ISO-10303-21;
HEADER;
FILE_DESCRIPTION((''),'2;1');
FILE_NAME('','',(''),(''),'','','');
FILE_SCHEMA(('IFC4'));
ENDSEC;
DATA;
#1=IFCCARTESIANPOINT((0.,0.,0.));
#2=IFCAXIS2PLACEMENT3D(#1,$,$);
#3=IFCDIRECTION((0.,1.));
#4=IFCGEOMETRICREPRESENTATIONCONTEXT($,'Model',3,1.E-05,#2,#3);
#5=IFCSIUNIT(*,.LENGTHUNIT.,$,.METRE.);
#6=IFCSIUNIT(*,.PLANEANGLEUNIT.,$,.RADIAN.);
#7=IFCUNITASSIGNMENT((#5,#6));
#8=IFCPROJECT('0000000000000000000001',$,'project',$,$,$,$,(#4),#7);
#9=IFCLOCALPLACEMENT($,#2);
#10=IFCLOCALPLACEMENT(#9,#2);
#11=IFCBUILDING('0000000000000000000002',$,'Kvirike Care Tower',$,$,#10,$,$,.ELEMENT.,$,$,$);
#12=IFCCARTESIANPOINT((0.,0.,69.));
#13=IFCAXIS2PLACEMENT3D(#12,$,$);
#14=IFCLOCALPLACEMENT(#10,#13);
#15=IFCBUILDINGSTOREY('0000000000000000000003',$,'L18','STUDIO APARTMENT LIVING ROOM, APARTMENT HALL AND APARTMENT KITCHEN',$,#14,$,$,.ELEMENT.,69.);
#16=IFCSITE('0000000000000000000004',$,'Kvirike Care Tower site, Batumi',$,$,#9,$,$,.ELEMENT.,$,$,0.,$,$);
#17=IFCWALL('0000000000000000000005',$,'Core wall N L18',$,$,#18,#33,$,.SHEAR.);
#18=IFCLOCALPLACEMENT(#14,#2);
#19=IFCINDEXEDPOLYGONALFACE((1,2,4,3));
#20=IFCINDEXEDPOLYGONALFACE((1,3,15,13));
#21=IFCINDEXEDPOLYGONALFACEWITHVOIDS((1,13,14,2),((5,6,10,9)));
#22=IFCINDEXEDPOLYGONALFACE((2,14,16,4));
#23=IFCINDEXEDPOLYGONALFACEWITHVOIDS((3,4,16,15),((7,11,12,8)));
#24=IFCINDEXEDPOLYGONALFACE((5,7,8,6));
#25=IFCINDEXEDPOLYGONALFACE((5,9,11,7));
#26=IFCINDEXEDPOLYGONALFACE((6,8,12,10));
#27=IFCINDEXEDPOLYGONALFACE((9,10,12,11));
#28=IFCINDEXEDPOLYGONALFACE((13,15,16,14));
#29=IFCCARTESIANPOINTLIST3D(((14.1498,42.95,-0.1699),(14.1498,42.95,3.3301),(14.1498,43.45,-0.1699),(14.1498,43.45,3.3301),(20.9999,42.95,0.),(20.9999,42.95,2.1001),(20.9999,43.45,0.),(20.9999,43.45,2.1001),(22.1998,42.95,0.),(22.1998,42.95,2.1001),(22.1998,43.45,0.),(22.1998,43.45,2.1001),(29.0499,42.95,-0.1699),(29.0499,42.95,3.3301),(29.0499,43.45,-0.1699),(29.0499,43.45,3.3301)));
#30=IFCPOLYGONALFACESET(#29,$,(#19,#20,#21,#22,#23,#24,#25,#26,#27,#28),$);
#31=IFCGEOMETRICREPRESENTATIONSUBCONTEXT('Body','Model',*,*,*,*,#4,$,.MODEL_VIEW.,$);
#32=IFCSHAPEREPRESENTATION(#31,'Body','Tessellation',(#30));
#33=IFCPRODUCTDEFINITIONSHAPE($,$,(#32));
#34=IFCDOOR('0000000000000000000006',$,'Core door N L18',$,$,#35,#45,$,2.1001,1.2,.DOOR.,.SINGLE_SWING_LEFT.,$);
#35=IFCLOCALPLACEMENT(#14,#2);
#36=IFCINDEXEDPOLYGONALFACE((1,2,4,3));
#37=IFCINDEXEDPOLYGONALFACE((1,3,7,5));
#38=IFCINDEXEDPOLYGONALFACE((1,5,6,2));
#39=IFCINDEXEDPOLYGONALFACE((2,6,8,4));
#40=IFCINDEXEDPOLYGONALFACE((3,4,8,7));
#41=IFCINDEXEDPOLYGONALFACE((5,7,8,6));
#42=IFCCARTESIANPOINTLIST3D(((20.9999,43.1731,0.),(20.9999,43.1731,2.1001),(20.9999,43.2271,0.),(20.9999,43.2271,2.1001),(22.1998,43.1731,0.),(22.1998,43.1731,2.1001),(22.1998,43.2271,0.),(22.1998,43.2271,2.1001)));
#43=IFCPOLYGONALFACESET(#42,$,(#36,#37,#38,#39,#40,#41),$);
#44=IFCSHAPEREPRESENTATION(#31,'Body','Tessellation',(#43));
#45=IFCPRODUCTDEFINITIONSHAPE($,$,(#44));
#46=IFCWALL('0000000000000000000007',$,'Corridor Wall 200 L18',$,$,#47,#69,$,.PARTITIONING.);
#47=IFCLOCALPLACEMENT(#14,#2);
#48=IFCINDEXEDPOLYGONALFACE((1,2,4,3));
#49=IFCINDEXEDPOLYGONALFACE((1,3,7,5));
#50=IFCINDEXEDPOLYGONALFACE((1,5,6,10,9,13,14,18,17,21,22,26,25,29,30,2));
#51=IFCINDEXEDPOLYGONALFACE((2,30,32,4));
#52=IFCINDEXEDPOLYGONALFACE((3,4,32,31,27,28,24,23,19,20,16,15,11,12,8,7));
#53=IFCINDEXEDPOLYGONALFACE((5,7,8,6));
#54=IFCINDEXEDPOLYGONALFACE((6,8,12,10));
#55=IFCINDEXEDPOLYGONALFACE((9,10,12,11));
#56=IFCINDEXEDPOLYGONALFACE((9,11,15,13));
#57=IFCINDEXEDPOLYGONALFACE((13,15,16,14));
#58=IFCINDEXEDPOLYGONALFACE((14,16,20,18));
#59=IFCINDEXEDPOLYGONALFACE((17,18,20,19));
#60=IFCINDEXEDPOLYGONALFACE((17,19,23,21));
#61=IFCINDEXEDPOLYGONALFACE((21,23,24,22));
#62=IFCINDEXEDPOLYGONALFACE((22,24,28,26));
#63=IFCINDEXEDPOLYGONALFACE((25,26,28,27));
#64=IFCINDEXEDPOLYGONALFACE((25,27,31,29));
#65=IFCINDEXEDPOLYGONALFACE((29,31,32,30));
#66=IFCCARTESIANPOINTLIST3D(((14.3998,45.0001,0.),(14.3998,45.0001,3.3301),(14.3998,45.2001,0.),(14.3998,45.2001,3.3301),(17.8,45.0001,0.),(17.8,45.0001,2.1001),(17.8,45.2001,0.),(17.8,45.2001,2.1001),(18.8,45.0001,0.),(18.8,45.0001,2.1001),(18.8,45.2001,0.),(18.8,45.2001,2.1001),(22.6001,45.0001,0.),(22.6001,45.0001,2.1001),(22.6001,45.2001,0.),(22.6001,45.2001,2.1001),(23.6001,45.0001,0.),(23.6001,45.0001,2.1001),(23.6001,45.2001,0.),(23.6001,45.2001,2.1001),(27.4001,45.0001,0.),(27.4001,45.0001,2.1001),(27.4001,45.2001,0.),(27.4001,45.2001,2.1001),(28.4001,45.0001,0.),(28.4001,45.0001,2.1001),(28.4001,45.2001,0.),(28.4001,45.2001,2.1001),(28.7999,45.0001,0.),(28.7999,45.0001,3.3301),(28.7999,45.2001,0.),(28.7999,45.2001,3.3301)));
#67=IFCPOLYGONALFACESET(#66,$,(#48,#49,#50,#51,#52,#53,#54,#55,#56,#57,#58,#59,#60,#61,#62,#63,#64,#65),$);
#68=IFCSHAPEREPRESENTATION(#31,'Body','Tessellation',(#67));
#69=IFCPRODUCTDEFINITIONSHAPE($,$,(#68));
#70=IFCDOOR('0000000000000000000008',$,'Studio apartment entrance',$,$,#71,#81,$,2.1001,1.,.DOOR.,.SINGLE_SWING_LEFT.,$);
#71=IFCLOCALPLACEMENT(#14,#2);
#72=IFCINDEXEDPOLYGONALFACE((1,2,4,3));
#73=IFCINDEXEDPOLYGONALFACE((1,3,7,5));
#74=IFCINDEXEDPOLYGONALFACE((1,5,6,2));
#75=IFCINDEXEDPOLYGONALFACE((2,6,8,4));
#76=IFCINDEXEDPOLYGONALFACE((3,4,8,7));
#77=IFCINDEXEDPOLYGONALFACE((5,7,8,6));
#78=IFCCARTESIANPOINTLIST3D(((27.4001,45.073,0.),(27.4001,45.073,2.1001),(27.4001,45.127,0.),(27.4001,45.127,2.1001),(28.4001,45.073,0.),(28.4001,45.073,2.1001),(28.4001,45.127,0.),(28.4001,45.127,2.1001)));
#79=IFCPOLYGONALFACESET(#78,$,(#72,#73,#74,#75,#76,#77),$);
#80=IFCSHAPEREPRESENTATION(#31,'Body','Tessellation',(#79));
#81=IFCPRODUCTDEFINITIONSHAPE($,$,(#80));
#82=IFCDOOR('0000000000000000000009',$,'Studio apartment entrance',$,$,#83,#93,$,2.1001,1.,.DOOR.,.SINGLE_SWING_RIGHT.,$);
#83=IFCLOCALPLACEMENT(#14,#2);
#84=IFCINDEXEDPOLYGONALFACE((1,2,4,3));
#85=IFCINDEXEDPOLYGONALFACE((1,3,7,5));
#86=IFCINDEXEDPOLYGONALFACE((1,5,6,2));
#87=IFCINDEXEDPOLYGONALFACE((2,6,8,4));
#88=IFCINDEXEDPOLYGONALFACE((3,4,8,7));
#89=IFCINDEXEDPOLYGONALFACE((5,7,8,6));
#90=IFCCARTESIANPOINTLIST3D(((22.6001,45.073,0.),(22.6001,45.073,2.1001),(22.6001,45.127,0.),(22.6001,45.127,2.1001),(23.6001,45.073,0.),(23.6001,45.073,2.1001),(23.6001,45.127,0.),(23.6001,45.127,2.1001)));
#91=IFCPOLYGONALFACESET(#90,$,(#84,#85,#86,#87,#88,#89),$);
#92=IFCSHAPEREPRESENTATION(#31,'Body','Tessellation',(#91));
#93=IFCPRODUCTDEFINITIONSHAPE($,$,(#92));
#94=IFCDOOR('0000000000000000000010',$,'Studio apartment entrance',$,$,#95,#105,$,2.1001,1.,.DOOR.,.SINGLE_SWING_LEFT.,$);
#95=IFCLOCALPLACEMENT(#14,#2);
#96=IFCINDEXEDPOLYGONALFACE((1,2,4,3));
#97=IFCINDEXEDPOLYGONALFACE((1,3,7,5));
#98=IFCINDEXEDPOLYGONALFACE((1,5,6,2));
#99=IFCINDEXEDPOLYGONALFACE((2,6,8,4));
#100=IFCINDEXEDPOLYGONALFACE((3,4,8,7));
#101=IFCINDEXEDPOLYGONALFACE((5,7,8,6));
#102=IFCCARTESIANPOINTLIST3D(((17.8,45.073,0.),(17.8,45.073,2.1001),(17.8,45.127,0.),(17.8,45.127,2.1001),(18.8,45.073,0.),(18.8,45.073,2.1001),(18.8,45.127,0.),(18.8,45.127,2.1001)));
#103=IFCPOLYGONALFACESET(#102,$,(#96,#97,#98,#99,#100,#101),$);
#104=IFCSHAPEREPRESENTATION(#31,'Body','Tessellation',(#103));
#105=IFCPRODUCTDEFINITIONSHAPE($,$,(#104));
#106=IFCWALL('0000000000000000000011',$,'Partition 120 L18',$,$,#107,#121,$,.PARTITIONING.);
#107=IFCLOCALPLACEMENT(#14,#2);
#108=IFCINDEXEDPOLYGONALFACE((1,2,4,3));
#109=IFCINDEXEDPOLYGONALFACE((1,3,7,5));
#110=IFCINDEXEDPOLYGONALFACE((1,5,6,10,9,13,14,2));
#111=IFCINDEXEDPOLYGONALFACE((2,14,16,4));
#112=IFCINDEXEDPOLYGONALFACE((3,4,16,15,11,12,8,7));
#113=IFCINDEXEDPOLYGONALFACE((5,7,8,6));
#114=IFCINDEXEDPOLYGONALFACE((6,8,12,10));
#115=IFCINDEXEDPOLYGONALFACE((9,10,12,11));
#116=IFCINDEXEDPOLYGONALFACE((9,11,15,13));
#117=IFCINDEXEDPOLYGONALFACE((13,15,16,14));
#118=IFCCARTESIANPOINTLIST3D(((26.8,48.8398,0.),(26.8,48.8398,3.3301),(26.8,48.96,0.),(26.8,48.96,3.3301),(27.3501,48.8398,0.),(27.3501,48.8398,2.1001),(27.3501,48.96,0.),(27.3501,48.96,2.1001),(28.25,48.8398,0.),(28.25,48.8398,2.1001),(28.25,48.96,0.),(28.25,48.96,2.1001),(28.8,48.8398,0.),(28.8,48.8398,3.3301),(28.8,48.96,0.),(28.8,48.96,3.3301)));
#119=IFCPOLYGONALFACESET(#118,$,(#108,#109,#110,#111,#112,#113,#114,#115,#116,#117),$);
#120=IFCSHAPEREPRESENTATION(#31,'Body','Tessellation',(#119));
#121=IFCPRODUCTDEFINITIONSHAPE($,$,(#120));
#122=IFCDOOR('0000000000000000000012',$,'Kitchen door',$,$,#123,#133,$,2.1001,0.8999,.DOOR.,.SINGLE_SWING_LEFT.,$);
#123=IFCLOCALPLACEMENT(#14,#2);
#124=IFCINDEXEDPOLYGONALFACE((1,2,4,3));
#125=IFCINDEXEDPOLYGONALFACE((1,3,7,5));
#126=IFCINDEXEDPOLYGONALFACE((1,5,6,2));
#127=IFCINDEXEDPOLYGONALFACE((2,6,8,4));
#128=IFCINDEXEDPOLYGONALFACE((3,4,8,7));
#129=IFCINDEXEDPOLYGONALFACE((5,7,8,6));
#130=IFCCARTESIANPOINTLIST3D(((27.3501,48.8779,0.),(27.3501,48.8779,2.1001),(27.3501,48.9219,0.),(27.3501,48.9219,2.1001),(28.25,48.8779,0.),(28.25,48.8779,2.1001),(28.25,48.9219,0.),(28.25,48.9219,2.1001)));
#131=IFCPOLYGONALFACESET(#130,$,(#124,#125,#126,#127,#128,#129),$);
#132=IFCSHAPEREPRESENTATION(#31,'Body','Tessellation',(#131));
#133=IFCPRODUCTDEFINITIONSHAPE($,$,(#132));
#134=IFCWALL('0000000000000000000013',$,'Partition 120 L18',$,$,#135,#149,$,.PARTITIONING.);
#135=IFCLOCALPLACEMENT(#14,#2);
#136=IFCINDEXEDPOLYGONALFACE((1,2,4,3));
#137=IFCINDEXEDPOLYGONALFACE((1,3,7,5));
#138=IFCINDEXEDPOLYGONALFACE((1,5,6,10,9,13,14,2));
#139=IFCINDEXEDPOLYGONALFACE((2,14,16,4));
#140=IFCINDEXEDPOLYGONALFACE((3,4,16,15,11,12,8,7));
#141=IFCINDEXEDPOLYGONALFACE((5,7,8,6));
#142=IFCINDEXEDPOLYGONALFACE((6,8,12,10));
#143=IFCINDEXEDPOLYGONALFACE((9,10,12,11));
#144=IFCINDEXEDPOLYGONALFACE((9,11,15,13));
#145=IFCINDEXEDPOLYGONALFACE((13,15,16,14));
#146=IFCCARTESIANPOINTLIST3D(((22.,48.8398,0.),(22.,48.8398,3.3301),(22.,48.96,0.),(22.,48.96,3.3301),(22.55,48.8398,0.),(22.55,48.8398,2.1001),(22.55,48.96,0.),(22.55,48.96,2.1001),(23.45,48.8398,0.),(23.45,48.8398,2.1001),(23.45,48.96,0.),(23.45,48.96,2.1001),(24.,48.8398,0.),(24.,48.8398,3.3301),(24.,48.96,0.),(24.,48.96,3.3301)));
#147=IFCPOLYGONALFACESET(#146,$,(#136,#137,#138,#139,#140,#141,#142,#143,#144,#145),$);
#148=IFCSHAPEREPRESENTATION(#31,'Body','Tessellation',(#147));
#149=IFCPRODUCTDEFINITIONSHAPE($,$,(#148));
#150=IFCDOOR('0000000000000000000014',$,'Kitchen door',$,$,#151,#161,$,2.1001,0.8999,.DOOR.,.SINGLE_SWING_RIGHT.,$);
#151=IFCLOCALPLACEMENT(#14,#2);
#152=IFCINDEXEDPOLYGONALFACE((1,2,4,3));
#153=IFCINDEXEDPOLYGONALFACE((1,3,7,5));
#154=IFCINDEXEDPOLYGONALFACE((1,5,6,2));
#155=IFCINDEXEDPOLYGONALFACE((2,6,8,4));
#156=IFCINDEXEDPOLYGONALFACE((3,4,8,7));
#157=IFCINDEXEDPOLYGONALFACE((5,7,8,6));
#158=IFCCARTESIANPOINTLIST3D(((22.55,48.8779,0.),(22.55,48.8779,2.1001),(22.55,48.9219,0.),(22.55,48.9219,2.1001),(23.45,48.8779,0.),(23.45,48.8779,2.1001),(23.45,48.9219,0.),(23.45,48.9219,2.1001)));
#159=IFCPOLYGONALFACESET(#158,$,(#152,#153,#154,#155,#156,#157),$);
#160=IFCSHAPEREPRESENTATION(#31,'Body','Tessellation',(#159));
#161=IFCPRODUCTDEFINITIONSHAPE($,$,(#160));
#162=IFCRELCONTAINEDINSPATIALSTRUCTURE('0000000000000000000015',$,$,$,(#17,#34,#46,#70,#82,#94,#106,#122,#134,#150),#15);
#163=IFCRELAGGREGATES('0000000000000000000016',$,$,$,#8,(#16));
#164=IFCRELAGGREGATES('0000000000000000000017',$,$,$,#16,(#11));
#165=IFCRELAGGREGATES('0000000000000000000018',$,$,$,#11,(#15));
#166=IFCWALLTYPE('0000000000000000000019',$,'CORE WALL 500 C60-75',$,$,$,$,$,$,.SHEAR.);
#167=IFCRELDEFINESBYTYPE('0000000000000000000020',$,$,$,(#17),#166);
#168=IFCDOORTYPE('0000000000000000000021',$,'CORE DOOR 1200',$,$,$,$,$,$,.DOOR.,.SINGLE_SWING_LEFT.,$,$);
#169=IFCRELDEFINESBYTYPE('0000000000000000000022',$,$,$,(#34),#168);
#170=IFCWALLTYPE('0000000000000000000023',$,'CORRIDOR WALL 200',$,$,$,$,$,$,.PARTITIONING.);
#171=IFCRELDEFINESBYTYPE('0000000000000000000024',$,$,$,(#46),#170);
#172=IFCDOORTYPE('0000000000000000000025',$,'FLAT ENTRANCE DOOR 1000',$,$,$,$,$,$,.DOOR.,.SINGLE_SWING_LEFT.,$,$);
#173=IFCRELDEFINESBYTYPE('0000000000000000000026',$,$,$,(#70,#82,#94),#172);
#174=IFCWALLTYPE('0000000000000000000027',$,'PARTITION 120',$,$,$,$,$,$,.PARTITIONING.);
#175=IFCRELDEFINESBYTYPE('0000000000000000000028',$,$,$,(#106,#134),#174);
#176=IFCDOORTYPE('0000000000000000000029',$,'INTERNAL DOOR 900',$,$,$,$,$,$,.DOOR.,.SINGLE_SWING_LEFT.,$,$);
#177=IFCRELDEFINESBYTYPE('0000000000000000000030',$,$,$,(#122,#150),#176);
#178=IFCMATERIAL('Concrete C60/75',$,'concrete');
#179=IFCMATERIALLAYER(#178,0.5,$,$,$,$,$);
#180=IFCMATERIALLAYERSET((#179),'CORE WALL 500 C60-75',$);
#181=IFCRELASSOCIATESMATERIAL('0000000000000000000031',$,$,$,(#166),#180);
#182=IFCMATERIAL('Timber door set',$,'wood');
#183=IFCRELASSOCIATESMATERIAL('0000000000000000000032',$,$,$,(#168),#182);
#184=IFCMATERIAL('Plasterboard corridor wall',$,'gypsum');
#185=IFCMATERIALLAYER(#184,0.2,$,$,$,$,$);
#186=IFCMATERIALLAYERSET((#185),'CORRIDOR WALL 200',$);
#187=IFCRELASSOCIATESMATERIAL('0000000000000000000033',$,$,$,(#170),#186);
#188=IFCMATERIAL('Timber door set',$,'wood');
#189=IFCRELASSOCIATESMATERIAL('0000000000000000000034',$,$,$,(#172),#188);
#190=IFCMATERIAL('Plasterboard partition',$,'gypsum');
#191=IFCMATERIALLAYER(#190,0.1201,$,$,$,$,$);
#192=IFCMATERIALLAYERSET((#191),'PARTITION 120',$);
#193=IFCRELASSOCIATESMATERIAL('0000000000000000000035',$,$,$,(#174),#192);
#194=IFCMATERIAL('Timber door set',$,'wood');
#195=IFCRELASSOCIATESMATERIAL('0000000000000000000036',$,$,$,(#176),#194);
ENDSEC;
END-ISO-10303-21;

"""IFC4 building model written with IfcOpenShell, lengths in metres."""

from ifc_helpers import new_model, si_unit, direction, frame, frame_2d, origin, place, context, subcontext, project, spatial, rectangle, extrude, material, layer, layer_set, type_object, element, fill, save


model = new_model("IFC4")

# Units and contexts
model_context = context("Model", 3, precision=1e-05, world=origin(), true_north=direction((0.0, 1.0)))
body_context = subcontext(model_context, "Body", "Model", "MODEL_VIEW")
ifc_project = project(units=[si_unit("LENGTHUNIT", "METRE"), si_unit("PLANEANGLEUNIT", "RADIAN")], contexts=[model_context])

# Site, building, storey
site_placement = place(None, origin())
site = spatial("IfcSite", under=ifc_project, at=site_placement, Name="Kvirike Care Tower site, Batumi", CompositionType="ELEMENT", RefElevation=0.0)
building_placement = place(site_placement, origin())
building = spatial("IfcBuilding", under=site, at=building_placement, Name="Kvirike Care Tower", CompositionType="ELEMENT")
storey_placement = place(building_placement, frame((0.0, 0.0, 69.0)))
storey = spatial("IfcBuildingStorey", under=building, at=storey_placement, Name="L18", Description="STUDIO APARTMENT LIVING ROOM, APARTMENT HALL AND APARTMENT KITCHEN", CompositionType="ELEMENT", Elevation=69.0)

# Wall, opening, door
ifc_material_1 = material(Name="Concrete C60/75", Category="concrete")
ifc_layer_1 = layer(ifc_material_1, 0.5)
ifc_layer_set_1 = layer_set([ifc_layer_1], Name="CORE WALL 500 C60-75")
wall_type_1 = type_object("IfcWallType", Name="CORE WALL 500 C60-75", PredefinedType="SHEAR", material=ifc_layer_set_1)
wall_1_placement = place(storey_placement, frame((29.05, 43.2, -0.1699), z_axis=(0.0, 0.0, 1.0), x_axis=(-1.0, 0.0, 0.0)))
wall_1 = element("IfcWall", 1, at=wall_1_placement, inside=storey, type_object=wall_type_1, Name="Core wall N L18", PredefinedType="SHEAR", context=body_context, shape_type="SweptSolid", body=[
    extrude(rectangle(XDim=14.9001, YDim=0.5, at=frame_2d((7.4502, 0.0))), origin(), (0.0, 0.0, 1.0), 3.5),
])
opening_1_placement = place(wall_1_placement, frame((6.8501, 0.0, 0.1699)))
opening_1 = element("IfcOpeningElement", 2, at=opening_1_placement, cuts=wall_1, PredefinedType="OPENING", context=body_context, shape_type="SweptSolid", body=[
    extrude(rectangle(XDim=1.2, YDim=2.1001, at=frame_2d((0.6001, 1.05))), frame((0.0, 0.2605, 0.0), z_axis=(0.0, -1.0, 0.0), x_axis=(1.0, 0.0, 0.0)), (0.0, 0.0, 1.0), 0.521),
])
ifc_material_2 = material(Name="Timber door set", Category="wood")
door_type_1 = type_object("IfcDoorType", Name="CORE DOOR 1200", OperationType="SINGLE_SWING_LEFT", PredefinedType="DOOR", material=ifc_material_2)
door_1_placement = place(opening_1_placement, origin())
door_1 = element("IfcDoor", 3, at=door_1_placement, inside=storey, type_object=door_type_1, Name="Core door N L18", OperationType="SINGLE_SWING_LEFT", OverallHeight=2.1001, OverallWidth=1.2, PredefinedType="DOOR", context=body_context, shape_type="SweptSolid", body=[
    extrude(rectangle(XDim=1.2, YDim=2.1001, at=frame_2d((0.6001, 1.05))), frame((0.0, 0.0269, 0.0), z_axis=(0.0, -1.0, 0.0), x_axis=(1.0, 0.0, 0.0)), (0.0, 0.0, 1.0), 0.054),
])
fill(opening_1, door_1)

# Wall, openings, doors
ifc_material_3 = material(Name="Plasterboard corridor wall", Category="gypsum")
ifc_layer_2 = layer(ifc_material_3, 0.2)
ifc_layer_set_2 = layer_set([ifc_layer_2], Name="CORRIDOR WALL 200")
wall_type_2 = type_object("IfcWallType", Name="CORRIDOR WALL 200", PredefinedType="PARTITIONING", material=ifc_layer_set_2)
wall_2_placement = place(storey_placement, frame((28.8, 45.1001, 0.0), z_axis=(0.0, 0.0, 1.0), x_axis=(-1.0, 0.0, 0.0)))
wall_2 = element("IfcWall", 4, at=wall_2_placement, inside=storey, type_object=wall_type_2, Name="Corridor Wall 200 L18", PredefinedType="PARTITIONING", context=body_context, shape_type="SweptSolid", body=[
    extrude(rectangle(XDim=14.4001, YDim=0.2, at=frame_2d((7.2002, 0.0))), origin(), (0.0, 0.0, 1.0), 3.3301),
])
opening_2_placement = place(wall_2_placement, frame((0.3999, 0.0, 0.0)))
opening_2 = element("IfcOpeningElement", 5, at=opening_2_placement, cuts=wall_2, PredefinedType="OPENING", context=body_context, shape_type="SweptSolid", body=[
    extrude(rectangle(XDim=1.0, YDim=2.1001, at=frame_2d((0.5, 1.05))), frame((0.0, 0.1106, 0.0), z_axis=(0.0, -1.0, 0.0), x_axis=(1.0, 0.0, 0.0)), (0.0, 0.0, 1.0), 0.2209),
])
opening_3_placement = place(wall_2_placement, frame((5.2, 0.0, 0.0)))
opening_3 = element("IfcOpeningElement", 6, at=opening_3_placement, cuts=wall_2, PredefinedType="OPENING", context=body_context, shape_type="SweptSolid", body=[
    extrude(rectangle(XDim=1.0, YDim=2.1001, at=frame_2d((0.5, 1.05))), frame((0.0, 0.1106, 0.0), z_axis=(0.0, -1.0, 0.0), x_axis=(1.0, 0.0, 0.0)), (0.0, 0.0, 1.0), 0.2209),
])
opening_4_placement = place(wall_2_placement, frame((10.0, 0.0, 0.0)))
opening_4 = element("IfcOpeningElement", 7, at=opening_4_placement, cuts=wall_2, PredefinedType="OPENING", context=body_context, shape_type="SweptSolid", body=[
    extrude(rectangle(XDim=1.0, YDim=2.1001, at=frame_2d((0.5, 1.05))), frame((0.0, 0.1106, 0.0), z_axis=(0.0, -1.0, 0.0), x_axis=(1.0, 0.0, 0.0)), (0.0, 0.0, 1.0), 0.2209),
])
ifc_material_4 = material(Name="Timber door set", Category="wood")
door_type_2 = type_object("IfcDoorType", Name="FLAT ENTRANCE DOOR 1000", OperationType="SINGLE_SWING_LEFT", PredefinedType="DOOR", material=ifc_material_4)
door_2_placement = place(opening_2_placement, frame((1.0, 0.0, 0.0), z_axis=(0.0, 0.0, 1.0), x_axis=(-1.0, 0.0, 0.0)))
door_2 = element("IfcDoor", 8, at=door_2_placement, inside=storey, type_object=door_type_2, Name="Studio apartment entrance", OperationType="SINGLE_SWING_LEFT", OverallHeight=2.1001, OverallWidth=1.0, PredefinedType="DOOR", context=body_context, shape_type="SweptSolid", body=[
    extrude(rectangle(XDim=1.0, YDim=2.1001, at=frame_2d((0.5, 1.05))), frame((0.0, 0.0269, 0.0), z_axis=(0.0, -1.0, 0.0), x_axis=(1.0, 0.0, 0.0)), (0.0, 0.0, 1.0), 0.054),
])
fill(opening_2, door_2)
door_3_placement = place(opening_3_placement, frame((1.0, 0.0, 0.0), z_axis=(0.0, 0.0, 1.0), x_axis=(-1.0, 0.0, 0.0)))
door_3 = element("IfcDoor", 9, at=door_3_placement, inside=storey, type_object=door_type_2, Name="Studio apartment entrance", OperationType="SINGLE_SWING_RIGHT", OverallHeight=2.1001, OverallWidth=1.0, PredefinedType="DOOR", context=body_context, shape_type="SweptSolid", body=[
    extrude(rectangle(XDim=1.0, YDim=2.1001, at=frame_2d((0.5, 1.05))), frame((0.0, 0.0269, 0.0), z_axis=(0.0, -1.0, 0.0), x_axis=(1.0, 0.0, 0.0)), (0.0, 0.0, 1.0), 0.054),
])
fill(opening_3, door_3)
door_4_placement = place(opening_4_placement, frame((1.0, 0.0, 0.0), z_axis=(0.0, 0.0, 1.0), x_axis=(-1.0, 0.0, 0.0)))
door_4 = element("IfcDoor", 10, at=door_4_placement, inside=storey, type_object=door_type_2, Name="Studio apartment entrance", OperationType="SINGLE_SWING_LEFT", OverallHeight=2.1001, OverallWidth=1.0, PredefinedType="DOOR", context=body_context, shape_type="SweptSolid", body=[
    extrude(rectangle(XDim=1.0, YDim=2.1001, at=frame_2d((0.5, 1.05))), frame((0.0, 0.0269, 0.0), z_axis=(0.0, -1.0, 0.0), x_axis=(1.0, 0.0, 0.0)), (0.0, 0.0, 1.0), 0.054),
])
fill(opening_4, door_4)

# Walls, openings, doors
ifc_material_5 = material(Name="Plasterboard partition", Category="gypsum")
ifc_layer_3 = layer(ifc_material_5, 0.1201)
ifc_layer_set_3 = layer_set([ifc_layer_3], Name="PARTITION 120")
wall_type_3 = type_object("IfcWallType", Name="PARTITION 120", PredefinedType="PARTITIONING", material=ifc_layer_set_3)
wall_3_placement = place(storey_placement, frame((28.8, 48.8999, 0.0), z_axis=(0.0, 0.0, 1.0), x_axis=(-1.0, 0.0, 0.0)))
wall_3 = element("IfcWall", 11, at=wall_3_placement, inside=storey, type_object=wall_type_3, Name="Partition 120 L18", PredefinedType="PARTITIONING", context=body_context, shape_type="SweptSolid", body=[
    extrude(rectangle(XDim=2.0, YDim=0.1201, at=frame_2d((1.0, 0.0))), origin(), (0.0, 0.0, 1.0), 3.3301),
])
opening_5_placement = place(wall_3_placement, frame((0.55, 0.0, 0.0)))
opening_5 = element("IfcOpeningElement", 12, at=opening_5_placement, cuts=wall_3, PredefinedType="OPENING", context=body_context, shape_type="SweptSolid", body=[
    extrude(rectangle(XDim=0.8999, YDim=2.1001, at=frame_2d((0.45, 1.05))), frame((0.0, 0.0706, 0.0), z_axis=(0.0, -1.0, 0.0), x_axis=(1.0, 0.0, 0.0)), (0.0, 0.0, 1.0), 0.1411),
])
ifc_material_6 = material(Name="Timber door set", Category="wood")
door_type_3 = type_object("IfcDoorType", Name="INTERNAL DOOR 900", OperationType="SINGLE_SWING_LEFT", PredefinedType="DOOR", material=ifc_material_6)
door_5_placement = place(opening_5_placement, frame((0.8999, 0.0, 0.0), z_axis=(0.0, 0.0, 1.0), x_axis=(-1.0, 0.0, 0.0)))
door_5 = element("IfcDoor", 13, at=door_5_placement, inside=storey, type_object=door_type_3, Name="Kitchen door", OperationType="SINGLE_SWING_LEFT", OverallHeight=2.1001, OverallWidth=0.8999, PredefinedType="DOOR", context=body_context, shape_type="SweptSolid", body=[
    extrude(rectangle(XDim=0.8999, YDim=2.1001, at=frame_2d((0.45, 1.05))), frame((0.0, 0.022, 0.0), z_axis=(0.0, -1.0, 0.0), x_axis=(1.0, 0.0, 0.0)), (0.0, 0.0, 1.0), 0.0439),
])
fill(opening_5, door_5)
wall_4_placement = place(storey_placement, frame((24.0, 48.8999, 0.0), z_axis=(0.0, 0.0, 1.0), x_axis=(-1.0, 0.0, 0.0)))
wall_4 = element("IfcWall", 14, at=wall_4_placement, inside=storey, type_object=wall_type_3, Name="Partition 120 L18", PredefinedType="PARTITIONING", context=body_context, shape_type="SweptSolid", body=[
    extrude(rectangle(XDim=2.0, YDim=0.1201, at=frame_2d((1.0, 0.0))), origin(), (0.0, 0.0, 1.0), 3.3301),
])
opening_6_placement = place(wall_4_placement, frame((0.55, 0.0, 0.0)))
opening_6 = element("IfcOpeningElement", 15, at=opening_6_placement, cuts=wall_4, PredefinedType="OPENING", context=body_context, shape_type="SweptSolid", body=[
    extrude(rectangle(XDim=0.8999, YDim=2.1001, at=frame_2d((0.45, 1.05))), frame((0.0, 0.0706, 0.0), z_axis=(0.0, -1.0, 0.0), x_axis=(1.0, 0.0, 0.0)), (0.0, 0.0, 1.0), 0.1411),
])
door_6_placement = place(opening_6_placement, frame((0.8999, 0.0, 0.0), z_axis=(0.0, 0.0, 1.0), x_axis=(-1.0, 0.0, 0.0)))
door_6 = element("IfcDoor", 16, at=door_6_placement, inside=storey, type_object=door_type_3, Name="Kitchen door", OperationType="SINGLE_SWING_RIGHT", OverallHeight=2.1001, OverallWidth=0.8999, PredefinedType="DOOR", context=body_context, shape_type="SweptSolid", body=[
    extrude(rectangle(XDim=0.8999, YDim=2.1001, at=frame_2d((0.45, 1.05))), frame((0.0, 0.022, 0.0), z_axis=(0.0, -1.0, 0.0), x_axis=(1.0, 0.0, 0.0)), (0.0, 0.0, 1.0), 0.0439),
])
fill(opening_6, door_6)

save(model, "model.ifc")
